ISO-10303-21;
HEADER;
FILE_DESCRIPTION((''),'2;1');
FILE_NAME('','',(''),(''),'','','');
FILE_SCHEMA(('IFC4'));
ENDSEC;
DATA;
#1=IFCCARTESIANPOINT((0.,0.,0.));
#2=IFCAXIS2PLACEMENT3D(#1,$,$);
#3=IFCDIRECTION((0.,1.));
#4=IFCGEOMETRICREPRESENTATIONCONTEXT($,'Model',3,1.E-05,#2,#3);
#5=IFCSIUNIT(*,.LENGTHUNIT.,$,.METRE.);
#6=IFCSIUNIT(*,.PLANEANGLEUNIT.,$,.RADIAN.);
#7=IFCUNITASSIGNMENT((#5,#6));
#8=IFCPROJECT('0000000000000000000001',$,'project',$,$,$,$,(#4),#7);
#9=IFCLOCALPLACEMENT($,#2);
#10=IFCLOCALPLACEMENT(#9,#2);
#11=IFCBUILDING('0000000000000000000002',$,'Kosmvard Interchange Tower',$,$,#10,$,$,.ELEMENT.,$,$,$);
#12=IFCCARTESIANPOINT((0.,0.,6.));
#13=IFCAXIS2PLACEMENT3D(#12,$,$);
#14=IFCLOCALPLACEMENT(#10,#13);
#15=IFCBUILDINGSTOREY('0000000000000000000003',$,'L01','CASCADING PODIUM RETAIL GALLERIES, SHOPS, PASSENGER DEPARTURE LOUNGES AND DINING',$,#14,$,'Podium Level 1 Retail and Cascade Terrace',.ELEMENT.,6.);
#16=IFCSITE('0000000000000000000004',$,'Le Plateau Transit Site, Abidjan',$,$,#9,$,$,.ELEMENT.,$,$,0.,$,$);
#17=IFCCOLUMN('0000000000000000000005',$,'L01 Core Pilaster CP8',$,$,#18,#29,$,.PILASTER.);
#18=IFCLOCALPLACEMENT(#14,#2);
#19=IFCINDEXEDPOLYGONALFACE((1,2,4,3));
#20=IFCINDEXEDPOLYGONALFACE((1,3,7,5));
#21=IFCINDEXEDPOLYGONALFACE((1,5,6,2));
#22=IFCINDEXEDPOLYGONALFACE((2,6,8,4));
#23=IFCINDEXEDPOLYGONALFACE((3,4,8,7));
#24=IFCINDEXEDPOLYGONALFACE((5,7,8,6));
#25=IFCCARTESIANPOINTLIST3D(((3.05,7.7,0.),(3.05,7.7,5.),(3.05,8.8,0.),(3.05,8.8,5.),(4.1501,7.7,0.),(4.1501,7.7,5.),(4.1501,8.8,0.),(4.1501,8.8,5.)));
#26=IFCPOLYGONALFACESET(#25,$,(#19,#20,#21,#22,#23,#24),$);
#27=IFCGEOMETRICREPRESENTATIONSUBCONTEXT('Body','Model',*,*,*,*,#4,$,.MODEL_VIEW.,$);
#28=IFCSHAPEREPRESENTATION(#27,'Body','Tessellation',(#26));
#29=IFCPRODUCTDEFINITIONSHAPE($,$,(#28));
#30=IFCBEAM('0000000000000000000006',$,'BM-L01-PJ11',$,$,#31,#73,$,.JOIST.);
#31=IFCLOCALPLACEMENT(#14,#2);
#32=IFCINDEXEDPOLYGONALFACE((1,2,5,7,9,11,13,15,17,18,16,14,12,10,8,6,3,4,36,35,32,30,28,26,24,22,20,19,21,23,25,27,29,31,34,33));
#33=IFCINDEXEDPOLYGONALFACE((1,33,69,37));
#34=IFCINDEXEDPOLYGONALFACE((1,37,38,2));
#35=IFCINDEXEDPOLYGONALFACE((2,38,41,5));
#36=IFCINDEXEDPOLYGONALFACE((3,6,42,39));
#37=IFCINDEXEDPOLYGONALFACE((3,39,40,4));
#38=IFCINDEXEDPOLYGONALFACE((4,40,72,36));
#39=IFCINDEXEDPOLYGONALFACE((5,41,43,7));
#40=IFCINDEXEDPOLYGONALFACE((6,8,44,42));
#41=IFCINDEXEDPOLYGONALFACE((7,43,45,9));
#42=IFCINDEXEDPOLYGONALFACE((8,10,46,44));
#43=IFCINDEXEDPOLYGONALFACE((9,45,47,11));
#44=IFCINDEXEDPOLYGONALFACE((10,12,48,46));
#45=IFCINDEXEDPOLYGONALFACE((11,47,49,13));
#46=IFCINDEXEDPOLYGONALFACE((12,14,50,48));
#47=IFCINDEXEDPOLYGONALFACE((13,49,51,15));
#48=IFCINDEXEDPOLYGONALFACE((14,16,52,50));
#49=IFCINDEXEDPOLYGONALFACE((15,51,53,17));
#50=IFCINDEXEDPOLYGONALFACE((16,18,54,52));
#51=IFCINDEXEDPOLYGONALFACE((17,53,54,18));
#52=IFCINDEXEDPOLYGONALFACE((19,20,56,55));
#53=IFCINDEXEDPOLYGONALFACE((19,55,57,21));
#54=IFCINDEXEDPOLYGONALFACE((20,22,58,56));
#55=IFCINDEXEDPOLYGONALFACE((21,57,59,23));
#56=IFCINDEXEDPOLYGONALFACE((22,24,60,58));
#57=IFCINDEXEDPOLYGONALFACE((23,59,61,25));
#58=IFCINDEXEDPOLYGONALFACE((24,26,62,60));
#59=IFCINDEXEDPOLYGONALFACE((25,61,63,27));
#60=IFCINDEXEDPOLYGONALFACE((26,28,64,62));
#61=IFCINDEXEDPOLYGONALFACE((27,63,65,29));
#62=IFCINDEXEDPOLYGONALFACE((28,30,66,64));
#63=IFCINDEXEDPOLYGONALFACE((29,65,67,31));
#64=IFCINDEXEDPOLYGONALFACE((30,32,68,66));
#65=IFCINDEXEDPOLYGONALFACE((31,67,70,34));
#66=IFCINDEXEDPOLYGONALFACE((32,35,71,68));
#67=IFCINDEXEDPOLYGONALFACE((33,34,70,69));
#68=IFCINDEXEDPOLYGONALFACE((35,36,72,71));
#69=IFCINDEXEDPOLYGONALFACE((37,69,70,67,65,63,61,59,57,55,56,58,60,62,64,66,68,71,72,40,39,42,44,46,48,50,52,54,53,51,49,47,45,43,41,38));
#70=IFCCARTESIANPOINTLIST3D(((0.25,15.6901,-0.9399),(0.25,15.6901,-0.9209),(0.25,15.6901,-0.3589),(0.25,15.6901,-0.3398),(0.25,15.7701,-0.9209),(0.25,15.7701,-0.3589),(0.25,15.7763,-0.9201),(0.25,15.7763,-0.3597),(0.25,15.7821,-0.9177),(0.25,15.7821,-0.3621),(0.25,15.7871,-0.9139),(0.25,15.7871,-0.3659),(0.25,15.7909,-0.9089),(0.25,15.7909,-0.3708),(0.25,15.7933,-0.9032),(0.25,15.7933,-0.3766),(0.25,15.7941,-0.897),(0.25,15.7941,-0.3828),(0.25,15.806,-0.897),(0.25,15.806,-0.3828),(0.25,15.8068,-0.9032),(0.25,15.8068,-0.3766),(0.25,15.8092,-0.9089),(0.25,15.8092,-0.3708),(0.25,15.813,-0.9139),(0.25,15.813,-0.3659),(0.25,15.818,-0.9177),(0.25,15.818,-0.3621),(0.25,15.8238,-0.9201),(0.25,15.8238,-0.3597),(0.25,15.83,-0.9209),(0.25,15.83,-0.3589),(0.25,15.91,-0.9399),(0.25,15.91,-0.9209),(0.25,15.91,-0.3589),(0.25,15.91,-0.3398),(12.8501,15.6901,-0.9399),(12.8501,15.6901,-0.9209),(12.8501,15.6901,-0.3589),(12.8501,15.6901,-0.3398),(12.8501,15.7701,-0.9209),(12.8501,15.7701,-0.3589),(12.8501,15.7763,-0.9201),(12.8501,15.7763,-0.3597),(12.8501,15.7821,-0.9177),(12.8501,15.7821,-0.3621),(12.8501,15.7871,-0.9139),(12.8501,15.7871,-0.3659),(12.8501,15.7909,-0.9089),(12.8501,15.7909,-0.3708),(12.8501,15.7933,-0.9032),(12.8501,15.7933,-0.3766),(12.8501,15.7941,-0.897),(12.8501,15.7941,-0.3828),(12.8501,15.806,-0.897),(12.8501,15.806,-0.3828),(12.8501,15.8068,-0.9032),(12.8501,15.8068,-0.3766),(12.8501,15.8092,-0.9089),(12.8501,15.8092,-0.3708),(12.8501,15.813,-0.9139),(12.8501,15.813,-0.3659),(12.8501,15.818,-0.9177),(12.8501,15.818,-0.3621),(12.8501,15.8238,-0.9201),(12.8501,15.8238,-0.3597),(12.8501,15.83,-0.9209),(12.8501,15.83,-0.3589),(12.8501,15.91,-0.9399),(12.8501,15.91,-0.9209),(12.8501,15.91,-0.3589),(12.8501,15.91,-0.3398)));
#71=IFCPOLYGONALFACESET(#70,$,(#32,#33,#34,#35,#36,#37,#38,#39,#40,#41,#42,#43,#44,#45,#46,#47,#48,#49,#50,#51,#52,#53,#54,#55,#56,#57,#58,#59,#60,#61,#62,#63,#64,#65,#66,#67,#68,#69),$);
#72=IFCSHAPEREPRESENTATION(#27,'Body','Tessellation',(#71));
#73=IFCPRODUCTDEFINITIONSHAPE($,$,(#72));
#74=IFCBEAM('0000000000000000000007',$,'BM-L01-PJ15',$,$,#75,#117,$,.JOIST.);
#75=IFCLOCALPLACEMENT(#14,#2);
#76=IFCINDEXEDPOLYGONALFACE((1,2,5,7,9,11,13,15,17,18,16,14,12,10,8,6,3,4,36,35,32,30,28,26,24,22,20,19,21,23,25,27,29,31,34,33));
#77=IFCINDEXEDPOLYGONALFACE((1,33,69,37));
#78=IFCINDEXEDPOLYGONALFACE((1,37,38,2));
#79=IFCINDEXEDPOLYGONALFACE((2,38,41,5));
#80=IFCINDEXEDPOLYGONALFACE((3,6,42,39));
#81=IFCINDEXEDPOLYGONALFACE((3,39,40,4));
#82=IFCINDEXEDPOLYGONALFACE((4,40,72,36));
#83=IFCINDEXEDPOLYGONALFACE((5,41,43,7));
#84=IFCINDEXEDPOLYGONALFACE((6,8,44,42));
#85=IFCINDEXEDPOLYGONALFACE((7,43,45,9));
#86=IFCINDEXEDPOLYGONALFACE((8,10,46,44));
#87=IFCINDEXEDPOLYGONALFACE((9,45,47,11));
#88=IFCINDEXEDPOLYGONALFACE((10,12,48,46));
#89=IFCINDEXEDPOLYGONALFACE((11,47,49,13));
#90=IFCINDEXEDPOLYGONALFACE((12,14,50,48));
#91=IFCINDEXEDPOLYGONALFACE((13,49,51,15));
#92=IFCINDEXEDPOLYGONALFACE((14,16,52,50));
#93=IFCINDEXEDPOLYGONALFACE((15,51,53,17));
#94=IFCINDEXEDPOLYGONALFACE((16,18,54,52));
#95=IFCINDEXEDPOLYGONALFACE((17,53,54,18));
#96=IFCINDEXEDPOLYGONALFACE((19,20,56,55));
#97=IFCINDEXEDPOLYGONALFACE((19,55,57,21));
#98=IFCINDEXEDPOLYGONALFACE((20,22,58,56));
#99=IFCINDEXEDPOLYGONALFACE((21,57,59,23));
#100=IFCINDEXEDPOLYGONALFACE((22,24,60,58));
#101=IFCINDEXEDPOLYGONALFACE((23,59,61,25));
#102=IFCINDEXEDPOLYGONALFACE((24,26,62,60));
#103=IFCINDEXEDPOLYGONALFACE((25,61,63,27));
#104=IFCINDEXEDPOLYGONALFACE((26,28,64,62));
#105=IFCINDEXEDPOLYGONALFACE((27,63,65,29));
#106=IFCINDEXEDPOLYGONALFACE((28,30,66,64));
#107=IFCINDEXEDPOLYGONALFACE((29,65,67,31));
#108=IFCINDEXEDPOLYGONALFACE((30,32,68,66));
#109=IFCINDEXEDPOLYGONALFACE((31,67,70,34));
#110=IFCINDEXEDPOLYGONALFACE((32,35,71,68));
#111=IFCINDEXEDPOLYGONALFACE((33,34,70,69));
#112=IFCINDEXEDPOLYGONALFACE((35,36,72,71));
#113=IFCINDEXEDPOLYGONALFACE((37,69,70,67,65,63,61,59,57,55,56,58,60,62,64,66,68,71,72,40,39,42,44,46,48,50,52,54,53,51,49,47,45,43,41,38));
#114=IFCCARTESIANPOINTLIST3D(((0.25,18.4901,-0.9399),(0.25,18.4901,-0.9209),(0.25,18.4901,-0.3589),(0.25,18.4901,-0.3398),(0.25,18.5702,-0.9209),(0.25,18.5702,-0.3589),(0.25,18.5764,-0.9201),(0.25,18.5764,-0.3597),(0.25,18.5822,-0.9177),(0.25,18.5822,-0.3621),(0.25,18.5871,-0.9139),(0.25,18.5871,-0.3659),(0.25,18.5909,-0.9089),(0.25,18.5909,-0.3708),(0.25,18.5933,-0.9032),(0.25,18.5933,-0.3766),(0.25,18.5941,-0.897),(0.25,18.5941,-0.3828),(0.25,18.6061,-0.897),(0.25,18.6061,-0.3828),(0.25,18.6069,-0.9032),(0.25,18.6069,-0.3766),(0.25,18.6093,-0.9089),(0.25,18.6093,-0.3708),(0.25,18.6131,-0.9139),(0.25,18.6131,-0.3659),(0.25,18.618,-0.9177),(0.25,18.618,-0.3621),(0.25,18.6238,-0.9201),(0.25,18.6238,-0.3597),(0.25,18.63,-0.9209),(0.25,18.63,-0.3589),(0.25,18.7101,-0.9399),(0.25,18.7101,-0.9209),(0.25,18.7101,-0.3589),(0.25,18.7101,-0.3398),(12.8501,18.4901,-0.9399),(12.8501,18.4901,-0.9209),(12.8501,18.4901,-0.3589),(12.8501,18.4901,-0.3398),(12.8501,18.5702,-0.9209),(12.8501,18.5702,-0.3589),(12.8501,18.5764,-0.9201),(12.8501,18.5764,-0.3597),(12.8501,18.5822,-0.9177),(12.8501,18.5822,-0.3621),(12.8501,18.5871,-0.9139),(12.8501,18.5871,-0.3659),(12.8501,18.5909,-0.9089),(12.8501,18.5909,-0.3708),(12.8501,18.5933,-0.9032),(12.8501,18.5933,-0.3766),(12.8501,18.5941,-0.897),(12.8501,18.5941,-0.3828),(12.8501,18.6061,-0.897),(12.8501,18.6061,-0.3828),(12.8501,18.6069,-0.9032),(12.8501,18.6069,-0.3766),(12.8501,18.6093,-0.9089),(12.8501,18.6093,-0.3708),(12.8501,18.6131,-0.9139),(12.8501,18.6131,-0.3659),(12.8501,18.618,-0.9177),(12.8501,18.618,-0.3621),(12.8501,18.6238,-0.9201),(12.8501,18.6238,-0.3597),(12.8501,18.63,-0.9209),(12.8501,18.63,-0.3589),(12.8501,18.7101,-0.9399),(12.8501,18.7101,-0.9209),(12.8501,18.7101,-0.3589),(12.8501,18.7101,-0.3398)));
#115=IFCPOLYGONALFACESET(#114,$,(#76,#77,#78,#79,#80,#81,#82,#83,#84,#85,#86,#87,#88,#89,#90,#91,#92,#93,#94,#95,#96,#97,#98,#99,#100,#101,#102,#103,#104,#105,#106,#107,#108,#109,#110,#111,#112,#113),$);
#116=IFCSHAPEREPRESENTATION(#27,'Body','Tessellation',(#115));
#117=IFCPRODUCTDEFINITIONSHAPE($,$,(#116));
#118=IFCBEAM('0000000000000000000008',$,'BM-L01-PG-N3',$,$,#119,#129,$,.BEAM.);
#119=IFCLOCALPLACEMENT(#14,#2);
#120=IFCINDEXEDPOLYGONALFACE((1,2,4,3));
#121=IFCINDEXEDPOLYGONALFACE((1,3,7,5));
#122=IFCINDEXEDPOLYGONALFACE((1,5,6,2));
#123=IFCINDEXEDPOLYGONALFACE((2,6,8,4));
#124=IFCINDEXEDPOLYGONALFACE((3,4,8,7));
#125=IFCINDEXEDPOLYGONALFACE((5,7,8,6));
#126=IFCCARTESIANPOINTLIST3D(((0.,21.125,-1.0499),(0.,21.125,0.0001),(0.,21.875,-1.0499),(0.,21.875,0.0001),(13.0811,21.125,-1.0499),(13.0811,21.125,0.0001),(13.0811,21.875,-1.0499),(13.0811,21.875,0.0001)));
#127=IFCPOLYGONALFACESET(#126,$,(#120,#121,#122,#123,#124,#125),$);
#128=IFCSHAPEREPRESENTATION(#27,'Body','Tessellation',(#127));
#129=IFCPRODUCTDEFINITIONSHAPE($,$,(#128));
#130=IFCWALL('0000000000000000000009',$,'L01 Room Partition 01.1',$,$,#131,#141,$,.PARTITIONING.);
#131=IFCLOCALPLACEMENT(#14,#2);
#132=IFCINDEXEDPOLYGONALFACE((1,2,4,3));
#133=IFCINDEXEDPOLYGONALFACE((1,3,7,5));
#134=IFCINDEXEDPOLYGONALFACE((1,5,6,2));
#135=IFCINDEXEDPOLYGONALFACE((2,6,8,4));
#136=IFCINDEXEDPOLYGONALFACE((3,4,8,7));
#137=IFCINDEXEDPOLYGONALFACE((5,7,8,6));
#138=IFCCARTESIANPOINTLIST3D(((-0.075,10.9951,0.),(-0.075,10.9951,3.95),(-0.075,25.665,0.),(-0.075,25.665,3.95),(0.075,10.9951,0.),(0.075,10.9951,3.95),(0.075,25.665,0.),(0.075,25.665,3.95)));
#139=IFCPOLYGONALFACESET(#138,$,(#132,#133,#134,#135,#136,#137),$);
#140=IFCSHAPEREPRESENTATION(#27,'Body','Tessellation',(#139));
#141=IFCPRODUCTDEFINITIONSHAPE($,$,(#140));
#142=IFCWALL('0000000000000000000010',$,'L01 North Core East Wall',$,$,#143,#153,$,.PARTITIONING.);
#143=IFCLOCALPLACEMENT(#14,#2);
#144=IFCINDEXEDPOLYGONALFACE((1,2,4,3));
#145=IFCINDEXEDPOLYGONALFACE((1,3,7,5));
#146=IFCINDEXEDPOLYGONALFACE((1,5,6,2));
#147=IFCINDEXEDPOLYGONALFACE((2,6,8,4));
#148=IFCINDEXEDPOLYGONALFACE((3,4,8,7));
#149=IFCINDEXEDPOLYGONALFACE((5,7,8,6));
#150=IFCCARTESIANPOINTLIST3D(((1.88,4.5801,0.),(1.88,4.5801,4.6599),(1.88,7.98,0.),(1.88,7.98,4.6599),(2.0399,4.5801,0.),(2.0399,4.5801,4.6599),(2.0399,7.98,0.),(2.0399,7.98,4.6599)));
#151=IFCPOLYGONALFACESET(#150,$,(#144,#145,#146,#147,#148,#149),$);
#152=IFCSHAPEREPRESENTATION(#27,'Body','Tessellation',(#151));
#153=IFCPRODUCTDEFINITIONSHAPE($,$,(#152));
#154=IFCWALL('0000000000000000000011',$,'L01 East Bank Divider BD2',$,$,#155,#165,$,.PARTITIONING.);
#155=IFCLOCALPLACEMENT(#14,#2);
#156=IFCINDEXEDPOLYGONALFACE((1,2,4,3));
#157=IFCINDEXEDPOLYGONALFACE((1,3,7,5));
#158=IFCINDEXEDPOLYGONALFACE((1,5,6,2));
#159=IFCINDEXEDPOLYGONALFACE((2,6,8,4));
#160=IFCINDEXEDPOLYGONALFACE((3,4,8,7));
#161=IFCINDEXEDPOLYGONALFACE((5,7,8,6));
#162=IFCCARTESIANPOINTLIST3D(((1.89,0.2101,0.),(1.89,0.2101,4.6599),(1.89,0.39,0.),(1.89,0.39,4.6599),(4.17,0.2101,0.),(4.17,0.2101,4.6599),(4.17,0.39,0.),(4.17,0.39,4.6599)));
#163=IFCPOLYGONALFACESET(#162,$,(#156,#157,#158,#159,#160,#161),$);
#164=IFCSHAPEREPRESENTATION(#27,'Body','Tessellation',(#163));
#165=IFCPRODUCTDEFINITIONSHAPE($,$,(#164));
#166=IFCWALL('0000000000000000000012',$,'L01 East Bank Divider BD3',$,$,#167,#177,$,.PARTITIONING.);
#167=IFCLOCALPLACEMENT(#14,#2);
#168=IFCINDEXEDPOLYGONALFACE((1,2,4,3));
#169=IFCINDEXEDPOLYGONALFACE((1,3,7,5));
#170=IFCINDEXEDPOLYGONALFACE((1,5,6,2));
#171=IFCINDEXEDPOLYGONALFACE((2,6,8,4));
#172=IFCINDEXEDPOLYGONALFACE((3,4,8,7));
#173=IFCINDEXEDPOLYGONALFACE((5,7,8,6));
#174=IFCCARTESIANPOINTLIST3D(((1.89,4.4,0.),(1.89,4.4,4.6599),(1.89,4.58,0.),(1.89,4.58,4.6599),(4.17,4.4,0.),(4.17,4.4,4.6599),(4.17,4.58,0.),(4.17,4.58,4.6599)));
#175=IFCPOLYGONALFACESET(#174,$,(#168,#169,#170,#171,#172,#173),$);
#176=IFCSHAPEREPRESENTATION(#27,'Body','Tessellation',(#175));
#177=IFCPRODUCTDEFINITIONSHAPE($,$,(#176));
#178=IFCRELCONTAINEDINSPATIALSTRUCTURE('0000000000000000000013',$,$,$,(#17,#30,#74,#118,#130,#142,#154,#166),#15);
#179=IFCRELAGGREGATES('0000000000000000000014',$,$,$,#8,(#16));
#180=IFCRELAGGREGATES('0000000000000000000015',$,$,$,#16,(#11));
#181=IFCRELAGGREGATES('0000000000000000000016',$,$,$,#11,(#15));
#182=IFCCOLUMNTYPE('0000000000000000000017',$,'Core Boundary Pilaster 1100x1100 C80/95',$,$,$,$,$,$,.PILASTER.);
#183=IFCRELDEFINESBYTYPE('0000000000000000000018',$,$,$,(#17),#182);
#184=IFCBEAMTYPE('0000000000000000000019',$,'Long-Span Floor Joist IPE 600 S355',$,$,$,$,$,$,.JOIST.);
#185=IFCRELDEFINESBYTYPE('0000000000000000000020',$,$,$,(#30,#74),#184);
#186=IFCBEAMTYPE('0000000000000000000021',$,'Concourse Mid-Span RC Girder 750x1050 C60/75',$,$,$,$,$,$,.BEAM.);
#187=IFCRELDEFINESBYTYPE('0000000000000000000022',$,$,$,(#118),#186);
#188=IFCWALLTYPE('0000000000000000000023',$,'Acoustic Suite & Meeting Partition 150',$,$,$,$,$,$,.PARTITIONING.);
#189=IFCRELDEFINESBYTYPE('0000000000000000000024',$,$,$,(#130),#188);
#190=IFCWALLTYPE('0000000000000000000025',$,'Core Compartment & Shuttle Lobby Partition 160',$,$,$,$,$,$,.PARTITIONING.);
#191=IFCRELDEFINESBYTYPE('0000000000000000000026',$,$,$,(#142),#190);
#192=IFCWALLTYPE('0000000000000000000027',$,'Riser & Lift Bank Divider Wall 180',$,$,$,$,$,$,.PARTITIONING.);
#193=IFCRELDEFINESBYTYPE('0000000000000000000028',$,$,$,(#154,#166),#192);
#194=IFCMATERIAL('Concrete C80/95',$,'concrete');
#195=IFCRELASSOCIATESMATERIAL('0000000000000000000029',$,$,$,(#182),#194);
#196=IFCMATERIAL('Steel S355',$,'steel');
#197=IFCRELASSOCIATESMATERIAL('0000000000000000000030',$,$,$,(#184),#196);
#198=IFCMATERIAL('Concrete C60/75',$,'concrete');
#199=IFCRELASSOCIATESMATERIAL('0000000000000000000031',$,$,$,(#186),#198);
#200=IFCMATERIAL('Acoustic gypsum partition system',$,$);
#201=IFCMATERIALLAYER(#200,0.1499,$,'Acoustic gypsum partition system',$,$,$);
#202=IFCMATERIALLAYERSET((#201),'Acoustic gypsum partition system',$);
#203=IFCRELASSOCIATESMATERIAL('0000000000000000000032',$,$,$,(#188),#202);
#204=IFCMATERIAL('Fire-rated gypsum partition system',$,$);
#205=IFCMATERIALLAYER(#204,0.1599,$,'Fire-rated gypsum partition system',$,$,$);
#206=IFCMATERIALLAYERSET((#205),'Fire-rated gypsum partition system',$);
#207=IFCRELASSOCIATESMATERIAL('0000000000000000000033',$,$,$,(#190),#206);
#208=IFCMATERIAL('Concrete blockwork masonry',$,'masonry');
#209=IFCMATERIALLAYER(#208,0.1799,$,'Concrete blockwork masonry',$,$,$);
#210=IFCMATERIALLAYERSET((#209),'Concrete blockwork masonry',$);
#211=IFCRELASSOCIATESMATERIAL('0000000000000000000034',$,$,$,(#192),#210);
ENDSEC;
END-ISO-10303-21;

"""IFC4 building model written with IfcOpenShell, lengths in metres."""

from ifc_helpers import new_model, si_unit, direction, frame, frame_2d, origin, origin_2d, place, context, subcontext, project, spatial, rectangle, i_section, extrude, source, transform, mapped, material, layer, layer_set, material_profile, profile_set, type_object, element, save


model = new_model("IFC4")

# Units and contexts
model_context = context("Model", 3, precision=1e-05, world=origin(), true_north=direction((0.0, 1.0)))
body_context = subcontext(model_context, "Body", "Model", "MODEL_VIEW")
ifc_project = project(units=[si_unit("LENGTHUNIT", "METRE"), si_unit("PLANEANGLEUNIT", "RADIAN")], contexts=[model_context])

# Site, building, storey
site_placement = place(None, origin())
site = spatial("IfcSite", under=ifc_project, at=site_placement, Name="Le Plateau Transit Site, Abidjan", CompositionType="ELEMENT", RefElevation=0.0)
building_placement = place(site_placement, origin())
building = spatial("IfcBuilding", under=site, at=building_placement, Name="Kosmvard Interchange Tower", CompositionType="ELEMENT")
storey_placement = place(building_placement, frame((0.0, 0.0, 6.0)))
storey = spatial("IfcBuildingStorey", under=building, at=storey_placement, Name="L01", Description="CASCADING PODIUM RETAIL GALLERIES, SHOPS, PASSENGER DEPARTURE LOUNGES AND DINING", LongName="Podium Level 1 Retail and Cascade Terrace", CompositionType="ELEMENT", Elevation=6.0)

# Column
ifc_material_1 = material(Name="Concrete C80/95", Category="concrete")
ifc_material_profile_1 = material_profile(ifc_material_1, rectangle(XDim=1.1001, YDim=1.1001, at=origin_2d()), Name="CP 1100x1100")
ifc_profile_set_1 = profile_set([ifc_material_profile_1], Name="Concrete C80/95")
column_type = type_object("IfcColumnType", Name="Core Boundary Pilaster 1100x1100 C80/95", PredefinedType="PILASTER", material=ifc_profile_set_1)
shared_shape_1 = source(origin(), body_context, "Body", "SweptSolid", [
    extrude(rectangle(XDim=1.1001, YDim=1.1001, at=origin_2d()), origin(), (0.0, 0.0, 1.0), 5.0),
])
column_placement = place(storey_placement, frame((3.6001, 8.25, 0.0), z_axis=(0.0, 0.0, 1.0), x_axis=(1.0, 0.0, 0.0)))
element("IfcColumn", 1, at=column_placement, inside=storey, type_object=column_type, Name="L01 Core Pilaster CP8", PredefinedType="PILASTER", context=body_context, shape_type="MappedRepresentation", body=[
    mapped(shared_shape_1, transform((0.0, 0.0, 0.0), scale=1.0)),
])

# Beams
ifc_material_2 = material(Name="Steel S355", Category="steel")
ifc_material_profile_2 = material_profile(ifc_material_2, i_section(OverallWidth=0.22, OverallDepth=0.6001, WebThickness=0.012, FlangeThickness=0.019, FilletRadius=0.0239, at=origin_2d()), Name="IPE 600")
ifc_profile_set_2 = profile_set([ifc_material_profile_2], Name="Steel S355")
beam_type_1 = type_object("IfcBeamType", Name="Long-Span Floor Joist IPE 600 S355", PredefinedType="JOIST", material=ifc_profile_set_2)
shared_shape_2 = source(origin(), body_context, "Body", "SweptSolid", [
    extrude(i_section(OverallWidth=0.22, OverallDepth=0.6001, WebThickness=0.012, FlangeThickness=0.019, FilletRadius=0.0239, at=origin_2d()), origin(), (0.0, 0.0, 1.0), 12.6001),
])
for number, where, z_axis, x_axis, name in (
    (2, (0.25, 15.8, -0.6399), (1.0, 0.0, 0.0), (0.0, 1.0, 0.0), "BM-L01-PJ11"),
    (3, (0.25, 18.6001, -0.6399), (1.0, 0.0, 0.0), (0.0, 1.0, 0.0), "BM-L01-PJ15"),
):
    element("IfcBeam", number, at=place(storey_placement, frame(where, z_axis=z_axis, x_axis=x_axis)), inside=storey, type_object=beam_type_1, Name=name, PredefinedType="JOIST", context=body_context, shape_type="MappedRepresentation", body=[
        mapped(shared_shape_2, transform((0.0, 0.0, 0.0), scale=1.0)),
    ])
ifc_material_3 = material(Name="Concrete C60/75", Category="concrete")
ifc_material_profile_3 = material_profile(ifc_material_3, rectangle(XDim=0.75, YDim=1.05, at=origin_2d()), Name="RCG 750x1050")
ifc_profile_set_3 = profile_set([ifc_material_profile_3], Name="Concrete C60/75")
beam_type_2 = type_object("IfcBeamType", Name="Concourse Mid-Span RC Girder 750x1050 C60/75", PredefinedType="BEAM", material=ifc_profile_set_3)
shared_shape_3 = source(origin(), body_context, "Body", "SweptSolid", [
    extrude(rectangle(XDim=0.75, YDim=1.05, at=origin_2d()), origin(), (0.0, 0.0, 1.0), 13.0811),
])
beam_placement = place(storey_placement, frame((0.0, 21.5, -0.5249), z_axis=(1.0, 0.0, 0.0), x_axis=(0.0, 1.0, 0.0)))
element("IfcBeam", 4, at=beam_placement, inside=storey, type_object=beam_type_2, Name="BM-L01-PG-N3", PredefinedType="BEAM", context=body_context, shape_type="MappedRepresentation", body=[
    mapped(shared_shape_3, transform((0.0, 0.0, 0.0), scale=1.0)),
])

# Walls
ifc_material_4 = material(Name="Acoustic gypsum partition system")
ifc_layer_1 = layer(ifc_material_4, 0.1499, Name="Acoustic gypsum partition system")
ifc_layer_set_1 = layer_set([ifc_layer_1], Name="Acoustic gypsum partition system")
wall_type_1 = type_object("IfcWallType", Name="Acoustic Suite & Meeting Partition 150", PredefinedType="PARTITIONING", material=ifc_layer_set_1)
wall_1_placement = place(storey_placement, frame((0.0, 10.9951, 0.0), z_axis=(0.0, 0.0, 1.0), x_axis=(0.0, 1.0, 0.0)))
element("IfcWall", 5, at=wall_1_placement, inside=storey, type_object=wall_type_1, Name="L01 Room Partition 01.1", PredefinedType="PARTITIONING", context=body_context, shape_type="SweptSolid", body=[
    extrude(rectangle(XDim=14.6699, YDim=0.1499, at=frame_2d((7.335, 0.0))), origin(), (0.0, 0.0, 1.0), 3.95),
])
ifc_material_5 = material(Name="Fire-rated gypsum partition system")
ifc_layer_2 = layer(ifc_material_5, 0.1599, Name="Fire-rated gypsum partition system")
ifc_layer_set_2 = layer_set([ifc_layer_2], Name="Fire-rated gypsum partition system")
wall_type_2 = type_object("IfcWallType", Name="Core Compartment & Shuttle Lobby Partition 160", PredefinedType="PARTITIONING", material=ifc_layer_set_2)
wall_2_placement = place(storey_placement, frame((1.96, 4.5801, 0.0), z_axis=(0.0, 0.0, 1.0), x_axis=(0.0, 1.0, 0.0)))
element("IfcWall", 6, at=wall_2_placement, inside=storey, type_object=wall_type_2, Name="L01 North Core East Wall", PredefinedType="PARTITIONING", context=body_context, shape_type="SweptSolid", body=[
    extrude(rectangle(XDim=3.3999, YDim=0.1599, at=frame_2d((1.7, 0.0))), origin(), (0.0, 0.0, 1.0), 4.6599),
])
ifc_material_6 = material(Name="Concrete blockwork masonry", Category="masonry")
ifc_layer_3 = layer(ifc_material_6, 0.1799, Name="Concrete blockwork masonry")
ifc_layer_set_3 = layer_set([ifc_layer_3], Name="Concrete blockwork masonry")
wall_type_3 = type_object("IfcWallType", Name="Riser & Lift Bank Divider Wall 180", PredefinedType="PARTITIONING", material=ifc_layer_set_3)
for number, where, z_axis, x_axis, name in (
    (7, (1.8899, 0.3, 0.0), (0.0, 0.0, 1.0), (1.0, 0.0, 0.0), "L01 East Bank Divider BD2"),
    (8, (1.8899, 4.49, 0.0), (0.0, 0.0, 1.0), (1.0, 0.0, 0.0), "L01 East Bank Divider BD3"),
):
    element("IfcWall", number, at=place(storey_placement, frame(where, z_axis=z_axis, x_axis=x_axis)), inside=storey, type_object=wall_type_3, Name=name, PredefinedType="PARTITIONING", context=body_context, shape_type="SweptSolid", body=[
        extrude(rectangle(XDim=2.28, YDim=0.1799, at=frame_2d((1.1401, 0.0))), origin(), (0.0, 0.0, 1.0), 4.6599),
    ])

save(model, "model.ifc")
